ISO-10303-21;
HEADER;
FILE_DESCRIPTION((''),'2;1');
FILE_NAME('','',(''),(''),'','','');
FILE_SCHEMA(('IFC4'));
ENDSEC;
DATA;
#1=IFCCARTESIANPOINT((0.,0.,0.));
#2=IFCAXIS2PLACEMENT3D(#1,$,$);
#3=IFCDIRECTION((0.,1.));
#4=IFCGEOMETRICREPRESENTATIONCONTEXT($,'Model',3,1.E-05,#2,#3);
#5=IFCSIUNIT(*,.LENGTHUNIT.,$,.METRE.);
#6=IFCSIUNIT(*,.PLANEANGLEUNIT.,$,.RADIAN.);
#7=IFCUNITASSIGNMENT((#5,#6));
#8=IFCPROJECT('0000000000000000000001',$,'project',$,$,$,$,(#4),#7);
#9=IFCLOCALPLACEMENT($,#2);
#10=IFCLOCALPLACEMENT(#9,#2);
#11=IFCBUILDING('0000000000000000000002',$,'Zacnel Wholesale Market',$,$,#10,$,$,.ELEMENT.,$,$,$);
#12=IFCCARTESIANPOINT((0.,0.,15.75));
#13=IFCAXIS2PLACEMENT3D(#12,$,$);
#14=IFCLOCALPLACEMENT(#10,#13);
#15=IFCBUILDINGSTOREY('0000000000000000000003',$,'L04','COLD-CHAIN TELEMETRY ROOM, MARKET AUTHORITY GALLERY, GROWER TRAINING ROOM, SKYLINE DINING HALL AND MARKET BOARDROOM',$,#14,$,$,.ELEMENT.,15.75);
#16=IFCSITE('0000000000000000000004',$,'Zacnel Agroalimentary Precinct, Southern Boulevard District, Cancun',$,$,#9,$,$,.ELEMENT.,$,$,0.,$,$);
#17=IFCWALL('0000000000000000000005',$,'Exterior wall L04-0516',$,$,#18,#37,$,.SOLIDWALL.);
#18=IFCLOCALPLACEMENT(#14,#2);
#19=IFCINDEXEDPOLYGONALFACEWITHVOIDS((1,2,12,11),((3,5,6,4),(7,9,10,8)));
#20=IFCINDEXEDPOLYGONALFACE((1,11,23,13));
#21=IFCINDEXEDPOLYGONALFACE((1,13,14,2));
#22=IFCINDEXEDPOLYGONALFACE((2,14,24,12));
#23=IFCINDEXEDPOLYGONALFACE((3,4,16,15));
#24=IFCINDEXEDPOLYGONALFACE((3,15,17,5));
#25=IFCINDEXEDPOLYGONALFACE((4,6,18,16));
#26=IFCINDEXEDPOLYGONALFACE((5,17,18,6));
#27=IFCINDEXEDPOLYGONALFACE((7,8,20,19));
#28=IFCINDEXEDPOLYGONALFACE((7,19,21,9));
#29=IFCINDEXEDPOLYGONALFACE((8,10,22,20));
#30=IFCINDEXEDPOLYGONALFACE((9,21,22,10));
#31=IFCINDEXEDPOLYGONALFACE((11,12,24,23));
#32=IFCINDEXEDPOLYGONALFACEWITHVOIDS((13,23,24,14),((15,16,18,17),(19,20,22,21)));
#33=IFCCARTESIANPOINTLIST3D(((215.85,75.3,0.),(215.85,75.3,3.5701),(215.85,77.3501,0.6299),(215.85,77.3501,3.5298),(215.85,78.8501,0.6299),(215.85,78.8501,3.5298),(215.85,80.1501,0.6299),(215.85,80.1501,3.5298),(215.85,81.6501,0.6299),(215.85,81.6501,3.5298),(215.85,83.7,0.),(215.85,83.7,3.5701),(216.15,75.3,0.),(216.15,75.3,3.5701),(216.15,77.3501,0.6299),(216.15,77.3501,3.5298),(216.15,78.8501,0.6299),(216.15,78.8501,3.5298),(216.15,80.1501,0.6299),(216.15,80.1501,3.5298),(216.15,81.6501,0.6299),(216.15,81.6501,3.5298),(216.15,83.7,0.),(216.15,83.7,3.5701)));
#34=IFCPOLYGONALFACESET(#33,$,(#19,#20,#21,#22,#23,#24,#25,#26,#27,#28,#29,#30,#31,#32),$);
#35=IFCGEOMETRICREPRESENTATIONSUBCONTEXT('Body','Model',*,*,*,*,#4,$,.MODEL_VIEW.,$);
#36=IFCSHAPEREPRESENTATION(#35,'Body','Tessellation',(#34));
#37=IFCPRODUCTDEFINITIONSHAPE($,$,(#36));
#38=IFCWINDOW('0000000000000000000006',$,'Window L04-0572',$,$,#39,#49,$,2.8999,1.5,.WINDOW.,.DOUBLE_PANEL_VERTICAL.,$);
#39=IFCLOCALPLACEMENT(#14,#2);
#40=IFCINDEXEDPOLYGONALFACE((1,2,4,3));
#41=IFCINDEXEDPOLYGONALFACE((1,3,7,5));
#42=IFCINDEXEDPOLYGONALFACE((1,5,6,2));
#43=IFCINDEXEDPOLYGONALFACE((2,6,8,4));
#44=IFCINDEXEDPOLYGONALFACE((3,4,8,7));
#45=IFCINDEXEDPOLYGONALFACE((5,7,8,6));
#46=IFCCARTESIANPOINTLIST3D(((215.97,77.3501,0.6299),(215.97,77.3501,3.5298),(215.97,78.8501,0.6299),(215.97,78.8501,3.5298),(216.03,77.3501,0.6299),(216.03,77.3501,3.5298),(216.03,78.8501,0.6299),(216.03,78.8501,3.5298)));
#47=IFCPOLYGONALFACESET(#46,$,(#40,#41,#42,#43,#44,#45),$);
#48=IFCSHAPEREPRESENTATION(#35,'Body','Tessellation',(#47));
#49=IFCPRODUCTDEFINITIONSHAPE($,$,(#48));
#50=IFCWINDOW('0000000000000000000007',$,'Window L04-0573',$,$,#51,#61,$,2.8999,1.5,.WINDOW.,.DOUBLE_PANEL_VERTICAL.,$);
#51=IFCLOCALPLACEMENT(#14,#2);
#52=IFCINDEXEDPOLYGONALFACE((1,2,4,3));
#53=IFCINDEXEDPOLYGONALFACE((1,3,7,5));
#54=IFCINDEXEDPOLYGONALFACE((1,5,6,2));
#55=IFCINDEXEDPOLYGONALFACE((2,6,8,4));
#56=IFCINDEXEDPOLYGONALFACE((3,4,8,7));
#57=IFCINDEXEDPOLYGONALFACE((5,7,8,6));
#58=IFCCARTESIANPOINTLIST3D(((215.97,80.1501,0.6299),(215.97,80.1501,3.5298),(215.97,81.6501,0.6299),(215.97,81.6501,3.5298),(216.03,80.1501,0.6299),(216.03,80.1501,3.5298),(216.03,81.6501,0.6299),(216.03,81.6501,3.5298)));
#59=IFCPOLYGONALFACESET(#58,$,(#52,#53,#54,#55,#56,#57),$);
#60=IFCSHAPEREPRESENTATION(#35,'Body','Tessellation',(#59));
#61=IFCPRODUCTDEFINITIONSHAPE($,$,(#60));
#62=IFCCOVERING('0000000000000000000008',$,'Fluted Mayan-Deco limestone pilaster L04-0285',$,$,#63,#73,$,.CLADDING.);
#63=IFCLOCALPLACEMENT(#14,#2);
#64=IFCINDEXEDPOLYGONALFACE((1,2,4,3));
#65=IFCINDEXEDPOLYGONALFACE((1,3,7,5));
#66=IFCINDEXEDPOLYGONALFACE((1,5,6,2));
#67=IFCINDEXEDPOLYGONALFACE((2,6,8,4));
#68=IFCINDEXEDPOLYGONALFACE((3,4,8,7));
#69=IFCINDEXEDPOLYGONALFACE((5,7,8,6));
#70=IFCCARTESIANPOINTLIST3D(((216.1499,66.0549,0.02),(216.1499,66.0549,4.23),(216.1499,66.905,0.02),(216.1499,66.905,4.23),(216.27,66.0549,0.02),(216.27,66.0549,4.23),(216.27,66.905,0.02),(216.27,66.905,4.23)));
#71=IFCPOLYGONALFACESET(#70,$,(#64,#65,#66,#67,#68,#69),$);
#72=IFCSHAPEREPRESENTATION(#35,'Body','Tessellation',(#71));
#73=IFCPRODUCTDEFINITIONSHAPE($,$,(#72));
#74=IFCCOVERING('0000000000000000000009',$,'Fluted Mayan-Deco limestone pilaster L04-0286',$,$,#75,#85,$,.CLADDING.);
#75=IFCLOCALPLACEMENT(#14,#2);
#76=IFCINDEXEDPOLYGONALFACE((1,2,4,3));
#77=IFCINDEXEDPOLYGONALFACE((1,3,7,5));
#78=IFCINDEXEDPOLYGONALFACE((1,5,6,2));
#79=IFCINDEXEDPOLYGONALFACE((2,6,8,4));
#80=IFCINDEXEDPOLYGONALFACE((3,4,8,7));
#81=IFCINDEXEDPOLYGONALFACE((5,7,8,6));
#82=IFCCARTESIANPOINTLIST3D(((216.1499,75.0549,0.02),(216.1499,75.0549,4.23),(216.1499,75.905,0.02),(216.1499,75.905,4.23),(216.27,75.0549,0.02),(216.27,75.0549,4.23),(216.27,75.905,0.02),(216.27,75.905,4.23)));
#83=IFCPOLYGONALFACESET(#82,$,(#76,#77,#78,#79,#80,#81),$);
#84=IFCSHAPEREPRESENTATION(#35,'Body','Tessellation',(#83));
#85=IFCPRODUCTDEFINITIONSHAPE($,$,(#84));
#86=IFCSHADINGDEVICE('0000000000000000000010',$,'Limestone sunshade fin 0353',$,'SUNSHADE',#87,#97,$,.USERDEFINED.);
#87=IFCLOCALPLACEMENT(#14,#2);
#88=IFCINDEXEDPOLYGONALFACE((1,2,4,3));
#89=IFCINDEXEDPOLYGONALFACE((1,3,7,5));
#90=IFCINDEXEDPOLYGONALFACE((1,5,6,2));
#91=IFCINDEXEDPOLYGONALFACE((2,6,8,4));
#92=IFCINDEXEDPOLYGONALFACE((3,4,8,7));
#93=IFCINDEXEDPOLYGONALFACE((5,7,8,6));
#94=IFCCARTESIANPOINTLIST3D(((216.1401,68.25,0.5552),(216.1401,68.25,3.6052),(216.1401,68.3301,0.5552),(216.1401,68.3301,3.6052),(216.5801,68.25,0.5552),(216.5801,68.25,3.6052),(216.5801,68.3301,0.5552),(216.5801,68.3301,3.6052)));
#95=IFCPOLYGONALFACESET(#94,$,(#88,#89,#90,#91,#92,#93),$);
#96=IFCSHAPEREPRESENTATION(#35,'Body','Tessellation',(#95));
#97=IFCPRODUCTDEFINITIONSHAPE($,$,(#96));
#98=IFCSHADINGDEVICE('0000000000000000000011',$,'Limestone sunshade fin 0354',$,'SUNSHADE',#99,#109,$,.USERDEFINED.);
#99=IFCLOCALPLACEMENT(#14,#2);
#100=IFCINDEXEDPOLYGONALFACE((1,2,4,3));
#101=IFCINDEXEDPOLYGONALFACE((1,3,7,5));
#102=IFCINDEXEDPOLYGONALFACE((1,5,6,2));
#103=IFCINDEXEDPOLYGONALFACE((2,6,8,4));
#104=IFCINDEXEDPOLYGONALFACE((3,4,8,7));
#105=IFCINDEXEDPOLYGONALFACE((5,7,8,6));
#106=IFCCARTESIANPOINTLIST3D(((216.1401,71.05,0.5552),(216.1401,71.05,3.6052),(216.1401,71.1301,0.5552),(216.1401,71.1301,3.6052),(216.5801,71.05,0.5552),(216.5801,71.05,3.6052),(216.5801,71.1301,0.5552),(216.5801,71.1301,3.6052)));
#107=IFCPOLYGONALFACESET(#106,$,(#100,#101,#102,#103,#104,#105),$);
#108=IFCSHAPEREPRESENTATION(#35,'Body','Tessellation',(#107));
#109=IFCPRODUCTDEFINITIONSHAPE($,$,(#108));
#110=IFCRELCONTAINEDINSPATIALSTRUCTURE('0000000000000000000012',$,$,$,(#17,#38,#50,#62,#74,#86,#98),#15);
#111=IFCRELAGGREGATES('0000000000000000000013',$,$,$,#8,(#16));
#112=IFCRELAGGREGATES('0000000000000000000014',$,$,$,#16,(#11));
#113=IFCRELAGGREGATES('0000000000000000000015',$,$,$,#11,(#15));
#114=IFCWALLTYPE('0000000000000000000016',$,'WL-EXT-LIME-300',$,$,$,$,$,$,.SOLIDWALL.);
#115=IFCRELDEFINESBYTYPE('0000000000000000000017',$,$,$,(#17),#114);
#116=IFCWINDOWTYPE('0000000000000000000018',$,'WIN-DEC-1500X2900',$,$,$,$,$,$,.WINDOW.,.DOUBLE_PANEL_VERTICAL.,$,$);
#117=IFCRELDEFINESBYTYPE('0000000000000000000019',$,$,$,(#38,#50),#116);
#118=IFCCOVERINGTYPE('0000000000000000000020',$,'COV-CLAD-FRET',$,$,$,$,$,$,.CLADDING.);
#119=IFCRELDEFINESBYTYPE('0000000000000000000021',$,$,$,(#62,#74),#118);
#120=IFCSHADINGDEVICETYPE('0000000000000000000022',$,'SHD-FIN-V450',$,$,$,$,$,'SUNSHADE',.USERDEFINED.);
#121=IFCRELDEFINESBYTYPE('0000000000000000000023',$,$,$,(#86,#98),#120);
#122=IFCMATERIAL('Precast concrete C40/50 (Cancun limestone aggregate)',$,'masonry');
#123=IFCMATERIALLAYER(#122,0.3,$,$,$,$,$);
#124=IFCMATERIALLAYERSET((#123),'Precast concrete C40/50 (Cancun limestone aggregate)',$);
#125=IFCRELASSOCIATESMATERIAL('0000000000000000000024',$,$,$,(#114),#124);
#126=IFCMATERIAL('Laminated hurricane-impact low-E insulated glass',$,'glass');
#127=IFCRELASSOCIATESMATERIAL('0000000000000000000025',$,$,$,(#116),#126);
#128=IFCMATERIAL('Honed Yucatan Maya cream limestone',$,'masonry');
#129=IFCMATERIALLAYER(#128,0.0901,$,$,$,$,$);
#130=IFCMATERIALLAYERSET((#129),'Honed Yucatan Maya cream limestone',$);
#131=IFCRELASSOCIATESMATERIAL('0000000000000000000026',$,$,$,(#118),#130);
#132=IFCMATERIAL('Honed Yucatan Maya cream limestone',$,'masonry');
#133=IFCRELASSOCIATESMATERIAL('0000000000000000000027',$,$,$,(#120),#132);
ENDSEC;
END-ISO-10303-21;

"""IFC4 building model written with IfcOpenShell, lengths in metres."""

from ifc_helpers import new_model, si_unit, direction, frame, frame_2d, origin, origin_2d, place, context, subcontext, project, spatial, rectangle, extrude, material, layer, layer_set, type_object, element, fill, save


model = new_model("IFC4")

# Units and contexts
model_context = context("Model", 3, precision=1e-05, world=origin(), true_north=direction((0.0, 1.0)))
body_context = subcontext(model_context, "Body", "Model", "MODEL_VIEW")
ifc_project = project(units=[si_unit("LENGTHUNIT", "METRE"), si_unit("PLANEANGLEUNIT", "RADIAN")], contexts=[model_context])

# Site, building, storey
site_placement = place(None, origin())
site = spatial("IfcSite", under=ifc_project, at=site_placement, Name="Zacnel Agroalimentary Precinct, Southern Boulevard District, Cancun", CompositionType="ELEMENT", RefElevation=0.0)
building_placement = place(site_placement, origin())
building = spatial("IfcBuilding", under=site, at=building_placement, Name="Zacnel Wholesale Market", CompositionType="ELEMENT")
storey_placement = place(building_placement, frame((0.0, 0.0, 15.75)))
storey = spatial("IfcBuildingStorey", under=building, at=storey_placement, Name="L04", Description="COLD-CHAIN TELEMETRY ROOM, MARKET AUTHORITY GALLERY, GROWER TRAINING ROOM, SKYLINE DINING HALL AND MARKET BOARDROOM", CompositionType="ELEMENT", Elevation=15.75)

# Wall, openings, windows
ifc_material_1 = material(Name="Precast concrete C40/50 (Cancun limestone aggregate)", Category="masonry")
ifc_layer_1 = layer(ifc_material_1, 0.3)
ifc_layer_set_1 = layer_set([ifc_layer_1], Name="Precast concrete C40/50 (Cancun limestone aggregate)")
wall_type = type_object("IfcWallType", Name="WL-EXT-LIME-300", PredefinedType="SOLIDWALL", material=ifc_layer_set_1)
ifc_material_2 = material(Name="Laminated hurricane-impact low-E insulated glass", Category="glass")
window_type = type_object("IfcWindowType", Name="WIN-DEC-1500X2900", PartitioningType="DOUBLE_PANEL_VERTICAL", PredefinedType="WINDOW", material=ifc_material_2)
wall_1_placement = place(storey_placement, frame((216.0, 75.3, 0.0), z_axis=(0.0, 0.0, 1.0), x_axis=(0.0, 1.0, 0.0)))
wall_1 = element("IfcWall", 1, at=wall_1_placement, inside=storey, type_object=wall_type, Name="Exterior wall L04-0516", PredefinedType="SOLIDWALL", context=body_context, shape_type="SweptSolid", body=[
    extrude(rectangle(XDim=8.3999, YDim=0.3, at=frame_2d((4.2, 0.0))), origin(), (0.0, 0.0, 1.0), 3.5701),
])
opening_1_placement = place(wall_1_placement, frame((2.05, 0.0, 0.6299)))
opening_1 = element("IfcOpeningElement", 2, at=opening_1_placement, cuts=wall_1, PredefinedType="OPENING", context=body_context, shape_type="SweptSolid", body=[
    extrude(rectangle(XDim=1.5, YDim=2.8999, at=frame_2d((0.75, 1.45))), frame((0.0, 0.1599, 0.0), z_axis=(0.0, -1.0, 0.0), x_axis=(1.0, 0.0, 0.0)), (0.0, 0.0, 1.0), 0.3201),
])
opening_2_placement = place(wall_1_placement, frame((4.8501, 0.0, 0.6299)))
opening_2 = element("IfcOpeningElement", 3, at=opening_2_placement, cuts=wall_1, PredefinedType="OPENING", context=body_context, shape_type="SweptSolid", body=[
    extrude(rectangle(XDim=1.5, YDim=2.8999, at=frame_2d((0.75, 1.45))), frame((0.0, 0.1599, 0.0), z_axis=(0.0, -1.0, 0.0), x_axis=(1.0, 0.0, 0.0)), (0.0, 0.0, 1.0), 0.3201),
])
window_1_placement = place(opening_1_placement, origin())
window_1 = element("IfcWindow", 4, at=window_1_placement, inside=storey, type_object=window_type, Name="Window L04-0572", OverallHeight=2.8999, OverallWidth=1.5, PartitioningType="DOUBLE_PANEL_VERTICAL", PredefinedType="WINDOW", context=body_context, shape_type="SweptSolid", body=[
    extrude(rectangle(XDim=1.5, YDim=2.8999, at=frame_2d((0.75, 1.45))), frame((0.0, 0.03, 0.0), z_axis=(0.0, -1.0, 0.0), x_axis=(1.0, 0.0, 0.0)), (0.0, 0.0, 1.0), 0.0601),
])
fill(opening_1, window_1)
window_2_placement = place(opening_2_placement, origin())
window_2 = element("IfcWindow", 5, at=window_2_placement, inside=storey, type_object=window_type, Name="Window L04-0573", OverallHeight=2.8999, OverallWidth=1.5, PartitioningType="DOUBLE_PANEL_VERTICAL", PredefinedType="WINDOW", context=body_context, shape_type="SweptSolid", body=[
    extrude(rectangle(XDim=1.5, YDim=2.8999, at=frame_2d((0.75, 1.45))), frame((0.0, 0.03, 0.0), z_axis=(0.0, -1.0, 0.0), x_axis=(1.0, 0.0, 0.0)), (0.0, 0.0, 1.0), 0.0601),
])
fill(opening_2, window_2)

# Coverings
ifc_material_3 = material(Name="Honed Yucatan Maya cream limestone", Category="masonry")
ifc_layer_2 = layer(ifc_material_3, 0.0901)
ifc_layer_set_2 = layer_set([ifc_layer_2], Name="Honed Yucatan Maya cream limestone")
covering_type = type_object("IfcCoveringType", Name="COV-CLAD-FRET", PredefinedType="CLADDING", material=ifc_layer_set_2)
for number, where, z_axis, x_axis, name in (
    (6, (216.21, 66.48, 0.02), (0.0, 0.0, 1.0), (0.0, 1.0, 0.0), "Fluted Mayan-Deco limestone pilaster L04-0285"),
    (7, (216.21, 75.48, 0.02), (0.0, 0.0, 1.0), (0.0, 1.0, 0.0), "Fluted Mayan-Deco limestone pilaster L04-0286"),
):
    element("IfcCovering", number, at=place(storey_placement, frame(where, z_axis=z_axis, x_axis=x_axis)), inside=storey, type_object=covering_type, Name=name, PredefinedType="CLADDING", context=body_context, shape_type="SweptSolid", body=[
        extrude(rectangle(XDim=0.8501, YDim=0.1201, at=origin_2d()), origin(), (0.0, 0.0, 1.0), 4.21),
    ])

# Shading devices
ifc_material_4 = material(Name="Honed Yucatan Maya cream limestone", Category="masonry")
shading_device_type = type_object("IfcShadingDeviceType", Name="SHD-FIN-V450", ElementType="SUNSHADE", PredefinedType="USERDEFINED", material=ifc_material_4)
for number, where, z_axis, x_axis, name in (
    (8, (216.3601, 68.29, 0.5552), (0.0, 0.0, 1.0), (0.0, 1.0, 0.0), "Limestone sunshade fin 0353"),
    (9, (216.3601, 71.0901, 0.5552), (0.0, 0.0, 1.0), (0.0, 1.0, 0.0), "Limestone sunshade fin 0354"),
):
    element("IfcShadingDevice", number, at=place(storey_placement, frame(where, z_axis=z_axis, x_axis=x_axis)), inside=storey, type_object=shading_device_type, Name=name, ObjectType="SUNSHADE", PredefinedType="USERDEFINED", context=body_context, shape_type="SweptSolid", body=[
        extrude(rectangle(XDim=0.0801, YDim=0.4399, at=origin_2d()), origin(), (0.0, 0.0, 1.0), 3.05),
    ])

save(model, "model.ifc")
